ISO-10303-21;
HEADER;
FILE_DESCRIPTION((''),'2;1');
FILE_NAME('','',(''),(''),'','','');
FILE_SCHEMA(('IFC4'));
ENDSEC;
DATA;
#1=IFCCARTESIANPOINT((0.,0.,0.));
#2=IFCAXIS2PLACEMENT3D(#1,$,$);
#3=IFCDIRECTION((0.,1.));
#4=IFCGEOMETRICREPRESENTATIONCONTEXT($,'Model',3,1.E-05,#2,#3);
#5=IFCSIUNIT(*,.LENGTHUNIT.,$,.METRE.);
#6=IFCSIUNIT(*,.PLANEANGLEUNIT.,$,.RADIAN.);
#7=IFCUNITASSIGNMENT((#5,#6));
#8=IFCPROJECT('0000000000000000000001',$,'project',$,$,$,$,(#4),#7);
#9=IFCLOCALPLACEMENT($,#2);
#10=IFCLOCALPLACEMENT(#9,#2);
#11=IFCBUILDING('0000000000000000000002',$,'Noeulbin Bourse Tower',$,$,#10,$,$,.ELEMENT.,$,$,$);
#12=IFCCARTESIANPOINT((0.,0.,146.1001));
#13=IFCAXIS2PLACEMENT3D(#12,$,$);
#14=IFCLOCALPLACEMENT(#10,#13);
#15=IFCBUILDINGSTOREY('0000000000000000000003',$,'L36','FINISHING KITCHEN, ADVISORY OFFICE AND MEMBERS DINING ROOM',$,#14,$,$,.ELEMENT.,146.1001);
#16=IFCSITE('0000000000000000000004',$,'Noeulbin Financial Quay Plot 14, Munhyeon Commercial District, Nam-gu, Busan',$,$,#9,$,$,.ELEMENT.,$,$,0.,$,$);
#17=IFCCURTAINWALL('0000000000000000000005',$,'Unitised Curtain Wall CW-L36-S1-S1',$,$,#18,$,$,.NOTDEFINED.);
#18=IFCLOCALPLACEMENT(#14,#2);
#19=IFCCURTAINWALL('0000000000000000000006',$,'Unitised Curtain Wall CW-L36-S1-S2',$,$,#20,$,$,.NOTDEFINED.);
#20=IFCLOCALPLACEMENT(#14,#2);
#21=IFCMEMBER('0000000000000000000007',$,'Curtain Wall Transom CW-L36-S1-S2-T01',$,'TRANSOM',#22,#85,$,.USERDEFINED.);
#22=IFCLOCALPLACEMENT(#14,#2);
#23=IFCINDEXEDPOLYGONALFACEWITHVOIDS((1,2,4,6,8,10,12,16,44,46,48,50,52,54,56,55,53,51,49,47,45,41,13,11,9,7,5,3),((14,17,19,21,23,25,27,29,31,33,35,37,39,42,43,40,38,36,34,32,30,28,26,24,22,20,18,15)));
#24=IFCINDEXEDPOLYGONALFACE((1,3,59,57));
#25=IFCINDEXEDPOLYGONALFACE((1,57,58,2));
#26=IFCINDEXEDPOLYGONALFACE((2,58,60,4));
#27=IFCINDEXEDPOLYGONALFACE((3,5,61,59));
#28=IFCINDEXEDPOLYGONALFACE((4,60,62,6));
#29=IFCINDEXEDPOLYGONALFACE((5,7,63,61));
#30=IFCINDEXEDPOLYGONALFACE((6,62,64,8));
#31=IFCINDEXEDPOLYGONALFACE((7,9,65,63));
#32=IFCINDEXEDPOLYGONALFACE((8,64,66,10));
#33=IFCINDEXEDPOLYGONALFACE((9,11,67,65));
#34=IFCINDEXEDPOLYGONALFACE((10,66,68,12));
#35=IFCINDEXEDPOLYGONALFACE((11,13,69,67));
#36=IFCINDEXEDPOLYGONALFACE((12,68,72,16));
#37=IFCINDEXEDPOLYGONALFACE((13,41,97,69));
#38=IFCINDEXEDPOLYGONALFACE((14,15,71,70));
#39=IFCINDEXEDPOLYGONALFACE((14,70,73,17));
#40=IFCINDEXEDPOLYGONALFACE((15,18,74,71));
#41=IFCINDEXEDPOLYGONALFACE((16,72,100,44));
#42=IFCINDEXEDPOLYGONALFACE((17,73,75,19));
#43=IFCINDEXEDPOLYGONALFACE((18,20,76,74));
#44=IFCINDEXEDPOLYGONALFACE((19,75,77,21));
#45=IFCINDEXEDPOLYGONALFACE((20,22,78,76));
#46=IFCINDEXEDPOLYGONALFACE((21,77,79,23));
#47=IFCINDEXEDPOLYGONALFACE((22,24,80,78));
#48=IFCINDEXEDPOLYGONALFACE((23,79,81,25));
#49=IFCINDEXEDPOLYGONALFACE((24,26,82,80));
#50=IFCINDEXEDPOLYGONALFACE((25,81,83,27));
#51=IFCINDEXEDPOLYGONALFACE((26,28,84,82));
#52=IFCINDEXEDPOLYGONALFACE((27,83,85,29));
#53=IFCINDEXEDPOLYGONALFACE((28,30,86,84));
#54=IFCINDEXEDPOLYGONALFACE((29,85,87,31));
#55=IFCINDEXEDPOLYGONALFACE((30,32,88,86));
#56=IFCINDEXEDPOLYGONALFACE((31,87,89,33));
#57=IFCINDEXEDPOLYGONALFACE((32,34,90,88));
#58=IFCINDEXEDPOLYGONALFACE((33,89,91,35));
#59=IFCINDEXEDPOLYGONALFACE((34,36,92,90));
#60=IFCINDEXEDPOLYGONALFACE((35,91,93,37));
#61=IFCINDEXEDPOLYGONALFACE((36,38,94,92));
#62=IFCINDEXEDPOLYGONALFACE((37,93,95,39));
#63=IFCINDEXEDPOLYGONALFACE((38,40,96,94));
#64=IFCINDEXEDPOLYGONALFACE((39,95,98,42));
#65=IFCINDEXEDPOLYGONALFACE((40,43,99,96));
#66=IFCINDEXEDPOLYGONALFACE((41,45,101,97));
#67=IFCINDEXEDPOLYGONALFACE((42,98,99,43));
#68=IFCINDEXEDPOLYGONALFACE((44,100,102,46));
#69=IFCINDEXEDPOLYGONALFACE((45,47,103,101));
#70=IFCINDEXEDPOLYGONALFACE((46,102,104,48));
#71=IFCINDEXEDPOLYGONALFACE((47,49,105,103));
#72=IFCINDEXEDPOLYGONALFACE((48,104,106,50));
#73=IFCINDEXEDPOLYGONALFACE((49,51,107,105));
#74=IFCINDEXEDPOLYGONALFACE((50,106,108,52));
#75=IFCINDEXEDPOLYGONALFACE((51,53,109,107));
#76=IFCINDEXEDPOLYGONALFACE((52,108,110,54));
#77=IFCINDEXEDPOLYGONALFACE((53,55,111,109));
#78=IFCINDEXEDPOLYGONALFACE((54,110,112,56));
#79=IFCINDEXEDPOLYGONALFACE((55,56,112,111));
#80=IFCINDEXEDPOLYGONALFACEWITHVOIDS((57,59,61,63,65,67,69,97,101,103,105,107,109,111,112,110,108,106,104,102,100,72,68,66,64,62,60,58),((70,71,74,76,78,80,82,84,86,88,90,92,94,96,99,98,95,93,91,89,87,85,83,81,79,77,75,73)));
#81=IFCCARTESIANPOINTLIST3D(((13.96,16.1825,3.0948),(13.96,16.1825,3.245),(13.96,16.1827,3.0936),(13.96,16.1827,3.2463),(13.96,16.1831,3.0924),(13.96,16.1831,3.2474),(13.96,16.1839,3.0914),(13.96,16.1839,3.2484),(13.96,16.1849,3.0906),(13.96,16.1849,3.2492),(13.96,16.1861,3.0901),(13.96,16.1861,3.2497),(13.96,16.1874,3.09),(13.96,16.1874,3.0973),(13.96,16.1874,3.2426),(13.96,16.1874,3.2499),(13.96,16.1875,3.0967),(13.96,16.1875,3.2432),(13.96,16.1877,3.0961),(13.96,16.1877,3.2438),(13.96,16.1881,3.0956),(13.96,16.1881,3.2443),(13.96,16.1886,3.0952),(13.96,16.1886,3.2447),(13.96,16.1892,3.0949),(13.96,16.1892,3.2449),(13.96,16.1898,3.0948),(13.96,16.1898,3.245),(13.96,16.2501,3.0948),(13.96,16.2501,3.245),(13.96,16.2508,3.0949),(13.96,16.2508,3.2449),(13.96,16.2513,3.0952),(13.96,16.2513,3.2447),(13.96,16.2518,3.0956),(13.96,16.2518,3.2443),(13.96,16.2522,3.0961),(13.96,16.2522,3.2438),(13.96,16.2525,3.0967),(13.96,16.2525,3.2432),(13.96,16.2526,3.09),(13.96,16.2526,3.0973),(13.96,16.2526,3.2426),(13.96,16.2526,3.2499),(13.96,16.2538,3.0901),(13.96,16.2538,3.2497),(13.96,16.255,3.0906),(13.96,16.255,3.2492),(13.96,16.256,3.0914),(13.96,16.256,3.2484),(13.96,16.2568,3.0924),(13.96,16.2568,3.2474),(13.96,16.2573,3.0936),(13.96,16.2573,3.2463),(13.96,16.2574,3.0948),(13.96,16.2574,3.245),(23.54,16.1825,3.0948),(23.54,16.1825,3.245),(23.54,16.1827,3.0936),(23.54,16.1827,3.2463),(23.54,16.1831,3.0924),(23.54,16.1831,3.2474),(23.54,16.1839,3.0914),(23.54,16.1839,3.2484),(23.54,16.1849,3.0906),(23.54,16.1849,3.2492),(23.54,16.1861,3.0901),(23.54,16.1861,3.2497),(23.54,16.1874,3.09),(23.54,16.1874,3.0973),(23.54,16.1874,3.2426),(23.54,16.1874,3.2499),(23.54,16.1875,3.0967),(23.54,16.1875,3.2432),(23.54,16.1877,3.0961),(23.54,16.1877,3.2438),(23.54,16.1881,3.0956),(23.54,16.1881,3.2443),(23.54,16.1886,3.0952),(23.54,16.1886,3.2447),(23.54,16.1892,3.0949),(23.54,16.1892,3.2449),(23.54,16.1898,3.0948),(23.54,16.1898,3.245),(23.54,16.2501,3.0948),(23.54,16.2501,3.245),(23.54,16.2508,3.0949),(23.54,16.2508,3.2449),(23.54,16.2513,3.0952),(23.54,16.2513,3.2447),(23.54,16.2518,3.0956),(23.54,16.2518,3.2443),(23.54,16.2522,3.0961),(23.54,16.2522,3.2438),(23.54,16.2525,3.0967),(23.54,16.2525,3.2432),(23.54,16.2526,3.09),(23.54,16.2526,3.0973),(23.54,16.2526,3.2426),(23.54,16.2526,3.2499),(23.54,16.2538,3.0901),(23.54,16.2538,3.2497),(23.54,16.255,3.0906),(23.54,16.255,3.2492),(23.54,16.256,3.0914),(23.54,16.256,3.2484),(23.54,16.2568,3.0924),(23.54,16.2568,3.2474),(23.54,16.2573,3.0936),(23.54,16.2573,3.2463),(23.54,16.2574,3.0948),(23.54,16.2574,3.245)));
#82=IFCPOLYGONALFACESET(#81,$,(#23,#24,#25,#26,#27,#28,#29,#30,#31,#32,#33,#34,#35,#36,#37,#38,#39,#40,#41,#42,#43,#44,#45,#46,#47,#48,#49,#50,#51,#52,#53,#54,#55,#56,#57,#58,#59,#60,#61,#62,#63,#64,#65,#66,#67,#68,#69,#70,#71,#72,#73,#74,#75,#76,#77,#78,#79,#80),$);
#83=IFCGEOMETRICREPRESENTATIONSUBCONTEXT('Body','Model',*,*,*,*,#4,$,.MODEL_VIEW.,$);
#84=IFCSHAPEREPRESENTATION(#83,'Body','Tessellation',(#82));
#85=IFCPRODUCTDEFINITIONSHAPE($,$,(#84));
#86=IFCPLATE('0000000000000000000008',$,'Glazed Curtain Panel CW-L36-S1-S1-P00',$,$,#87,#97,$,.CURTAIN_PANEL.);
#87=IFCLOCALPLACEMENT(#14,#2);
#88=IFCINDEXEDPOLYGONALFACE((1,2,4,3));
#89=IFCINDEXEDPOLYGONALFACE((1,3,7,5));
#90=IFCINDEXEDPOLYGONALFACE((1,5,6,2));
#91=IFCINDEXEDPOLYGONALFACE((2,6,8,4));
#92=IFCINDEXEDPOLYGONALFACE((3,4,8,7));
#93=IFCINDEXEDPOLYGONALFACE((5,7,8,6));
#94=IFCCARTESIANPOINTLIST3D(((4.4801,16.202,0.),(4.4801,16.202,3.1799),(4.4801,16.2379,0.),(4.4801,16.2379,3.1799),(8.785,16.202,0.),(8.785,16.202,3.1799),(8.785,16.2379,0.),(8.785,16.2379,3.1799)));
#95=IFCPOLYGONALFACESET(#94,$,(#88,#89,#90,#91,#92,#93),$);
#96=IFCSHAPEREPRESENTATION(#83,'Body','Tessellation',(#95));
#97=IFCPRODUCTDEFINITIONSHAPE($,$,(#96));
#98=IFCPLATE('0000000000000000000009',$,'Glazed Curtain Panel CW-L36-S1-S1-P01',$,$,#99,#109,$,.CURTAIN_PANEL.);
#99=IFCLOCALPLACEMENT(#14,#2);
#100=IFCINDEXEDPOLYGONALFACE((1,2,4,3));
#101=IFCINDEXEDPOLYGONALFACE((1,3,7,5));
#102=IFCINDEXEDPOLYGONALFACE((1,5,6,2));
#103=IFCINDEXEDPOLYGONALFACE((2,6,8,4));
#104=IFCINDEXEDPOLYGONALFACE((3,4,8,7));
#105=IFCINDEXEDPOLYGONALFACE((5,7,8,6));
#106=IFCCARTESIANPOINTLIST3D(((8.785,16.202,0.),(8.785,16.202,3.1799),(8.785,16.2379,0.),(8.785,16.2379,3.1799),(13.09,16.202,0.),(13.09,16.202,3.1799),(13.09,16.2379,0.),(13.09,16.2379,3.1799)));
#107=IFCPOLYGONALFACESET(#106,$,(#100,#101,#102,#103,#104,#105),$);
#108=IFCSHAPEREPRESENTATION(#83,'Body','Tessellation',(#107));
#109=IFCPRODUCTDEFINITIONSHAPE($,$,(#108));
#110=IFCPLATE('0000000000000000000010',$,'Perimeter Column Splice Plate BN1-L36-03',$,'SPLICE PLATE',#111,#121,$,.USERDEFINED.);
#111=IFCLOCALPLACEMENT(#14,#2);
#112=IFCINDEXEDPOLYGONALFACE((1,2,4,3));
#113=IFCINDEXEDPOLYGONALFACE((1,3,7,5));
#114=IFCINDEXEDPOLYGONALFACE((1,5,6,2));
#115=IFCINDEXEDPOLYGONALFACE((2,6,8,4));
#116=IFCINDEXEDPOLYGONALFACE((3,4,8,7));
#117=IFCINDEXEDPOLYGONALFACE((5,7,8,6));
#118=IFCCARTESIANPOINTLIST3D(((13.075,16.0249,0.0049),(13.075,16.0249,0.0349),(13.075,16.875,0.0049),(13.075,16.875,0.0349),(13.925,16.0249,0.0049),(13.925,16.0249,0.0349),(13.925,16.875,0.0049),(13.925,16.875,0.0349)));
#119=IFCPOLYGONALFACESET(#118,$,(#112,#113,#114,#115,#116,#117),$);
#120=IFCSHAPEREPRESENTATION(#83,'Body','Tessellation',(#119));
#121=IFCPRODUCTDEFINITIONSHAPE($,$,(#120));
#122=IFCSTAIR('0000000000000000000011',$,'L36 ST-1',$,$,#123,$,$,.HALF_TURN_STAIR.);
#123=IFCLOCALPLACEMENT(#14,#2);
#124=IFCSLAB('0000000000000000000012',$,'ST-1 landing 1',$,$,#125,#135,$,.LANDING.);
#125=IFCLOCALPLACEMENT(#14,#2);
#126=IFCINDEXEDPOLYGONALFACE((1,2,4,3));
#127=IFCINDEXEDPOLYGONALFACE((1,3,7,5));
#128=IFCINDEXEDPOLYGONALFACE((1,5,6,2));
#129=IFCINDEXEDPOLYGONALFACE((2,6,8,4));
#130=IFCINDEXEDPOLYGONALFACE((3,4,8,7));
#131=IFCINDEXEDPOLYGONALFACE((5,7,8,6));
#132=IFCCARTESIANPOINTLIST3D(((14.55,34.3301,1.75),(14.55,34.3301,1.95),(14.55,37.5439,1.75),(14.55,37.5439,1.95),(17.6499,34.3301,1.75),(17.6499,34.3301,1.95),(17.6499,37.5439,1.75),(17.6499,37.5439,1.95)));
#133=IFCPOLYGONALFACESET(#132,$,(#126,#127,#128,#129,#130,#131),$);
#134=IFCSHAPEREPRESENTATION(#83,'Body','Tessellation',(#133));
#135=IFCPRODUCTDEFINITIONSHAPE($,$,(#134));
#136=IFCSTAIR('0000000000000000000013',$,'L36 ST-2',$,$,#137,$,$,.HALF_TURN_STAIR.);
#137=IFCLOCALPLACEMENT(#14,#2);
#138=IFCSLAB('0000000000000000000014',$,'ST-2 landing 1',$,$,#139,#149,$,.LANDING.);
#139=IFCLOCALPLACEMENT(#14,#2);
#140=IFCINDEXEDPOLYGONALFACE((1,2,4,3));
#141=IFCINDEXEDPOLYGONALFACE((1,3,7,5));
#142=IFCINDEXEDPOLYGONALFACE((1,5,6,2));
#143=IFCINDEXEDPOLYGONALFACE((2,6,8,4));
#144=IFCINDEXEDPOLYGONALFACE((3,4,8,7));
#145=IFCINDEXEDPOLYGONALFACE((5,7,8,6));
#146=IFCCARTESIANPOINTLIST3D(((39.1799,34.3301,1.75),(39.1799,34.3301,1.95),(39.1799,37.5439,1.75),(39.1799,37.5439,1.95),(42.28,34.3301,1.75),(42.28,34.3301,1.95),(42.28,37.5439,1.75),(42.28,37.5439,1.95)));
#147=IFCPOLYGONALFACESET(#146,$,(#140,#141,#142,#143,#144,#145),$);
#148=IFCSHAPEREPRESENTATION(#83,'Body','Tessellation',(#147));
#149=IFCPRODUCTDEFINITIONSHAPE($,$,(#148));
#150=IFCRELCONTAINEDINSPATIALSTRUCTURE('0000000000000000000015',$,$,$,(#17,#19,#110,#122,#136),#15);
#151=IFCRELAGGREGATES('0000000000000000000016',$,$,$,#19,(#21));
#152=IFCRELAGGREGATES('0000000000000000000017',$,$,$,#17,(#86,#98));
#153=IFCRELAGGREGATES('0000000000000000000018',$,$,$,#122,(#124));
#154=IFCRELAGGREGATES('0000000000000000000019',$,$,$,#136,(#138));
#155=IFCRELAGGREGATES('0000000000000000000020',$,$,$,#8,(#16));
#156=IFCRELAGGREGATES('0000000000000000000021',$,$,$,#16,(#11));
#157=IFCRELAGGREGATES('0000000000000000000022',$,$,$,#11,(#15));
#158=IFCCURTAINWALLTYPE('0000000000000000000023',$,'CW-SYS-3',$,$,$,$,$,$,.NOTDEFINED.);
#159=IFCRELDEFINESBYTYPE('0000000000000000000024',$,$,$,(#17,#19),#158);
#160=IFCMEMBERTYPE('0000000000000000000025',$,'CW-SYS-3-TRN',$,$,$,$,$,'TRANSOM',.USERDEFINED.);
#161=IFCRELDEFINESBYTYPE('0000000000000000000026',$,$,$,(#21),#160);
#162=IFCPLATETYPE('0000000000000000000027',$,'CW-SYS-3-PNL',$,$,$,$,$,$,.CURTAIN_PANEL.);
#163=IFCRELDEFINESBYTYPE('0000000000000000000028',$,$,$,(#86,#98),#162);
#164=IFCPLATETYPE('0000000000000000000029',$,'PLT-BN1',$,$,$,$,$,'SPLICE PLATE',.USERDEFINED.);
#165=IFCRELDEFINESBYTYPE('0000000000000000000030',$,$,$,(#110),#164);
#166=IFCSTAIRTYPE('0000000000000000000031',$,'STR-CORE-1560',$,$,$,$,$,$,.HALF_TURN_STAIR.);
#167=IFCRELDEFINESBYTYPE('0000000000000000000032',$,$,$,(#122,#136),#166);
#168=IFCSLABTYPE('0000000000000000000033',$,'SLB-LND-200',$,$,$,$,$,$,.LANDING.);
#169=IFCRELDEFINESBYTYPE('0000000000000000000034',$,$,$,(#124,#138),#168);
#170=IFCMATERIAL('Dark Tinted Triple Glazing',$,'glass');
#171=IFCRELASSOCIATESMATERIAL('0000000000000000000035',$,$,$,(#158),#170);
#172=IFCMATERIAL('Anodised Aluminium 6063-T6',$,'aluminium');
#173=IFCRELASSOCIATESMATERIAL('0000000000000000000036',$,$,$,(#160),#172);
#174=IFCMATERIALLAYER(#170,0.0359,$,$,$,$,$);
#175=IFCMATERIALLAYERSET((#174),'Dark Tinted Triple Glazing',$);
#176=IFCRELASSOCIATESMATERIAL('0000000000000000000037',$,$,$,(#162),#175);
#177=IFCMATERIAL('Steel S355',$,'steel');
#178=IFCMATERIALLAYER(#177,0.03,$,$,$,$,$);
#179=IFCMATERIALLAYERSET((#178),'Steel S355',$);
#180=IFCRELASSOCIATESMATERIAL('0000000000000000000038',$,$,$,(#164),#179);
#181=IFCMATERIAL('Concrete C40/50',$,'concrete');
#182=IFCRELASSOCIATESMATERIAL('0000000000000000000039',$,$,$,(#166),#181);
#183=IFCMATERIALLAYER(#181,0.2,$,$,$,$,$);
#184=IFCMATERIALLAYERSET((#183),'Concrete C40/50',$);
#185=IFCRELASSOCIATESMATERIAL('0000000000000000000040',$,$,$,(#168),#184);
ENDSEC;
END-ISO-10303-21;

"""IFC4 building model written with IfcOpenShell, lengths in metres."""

from ifc_helpers import new_model, si_unit, direction, frame, origin, origin_2d, place, context, subcontext, project, spatial, polyline, rectangle, hollow_rectangle, outline, extrude, material, layer, layer_set, material_profile, profile_set, type_object, element, aggregate, save


model = new_model("IFC4")

# Units and contexts
model_context = context("Model", 3, precision=1e-05, world=origin(), true_north=direction((0.0, 1.0)))
body_context = subcontext(model_context, "Body", "Model", "MODEL_VIEW")
ifc_project = project(units=[si_unit("LENGTHUNIT", "METRE"), si_unit("PLANEANGLEUNIT", "RADIAN")], contexts=[model_context])

# Site, building, storey
site_placement = place(None, origin())
site = spatial("IfcSite", under=ifc_project, at=site_placement, Name="Noeulbin Financial Quay Plot 14, Munhyeon Commercial District, Nam-gu, Busan", CompositionType="ELEMENT", RefElevation=0.0)
building_placement = place(site_placement, origin())
building = spatial("IfcBuilding", under=site, at=building_placement, Name="Noeulbin Bourse Tower", CompositionType="ELEMENT")
storey_placement = place(building_placement, frame((0.0, 0.0, 146.1001)))
storey = spatial("IfcBuildingStorey", under=building, at=storey_placement, Name="L36", Description="FINISHING KITCHEN, ADVISORY OFFICE AND MEMBERS DINING ROOM", CompositionType="ELEMENT", Elevation=146.1001)

# Shared definitions
ifc_material_1 = material(Name="Steel S355", Category="steel")

# Curtain wall
ifc_material_2 = material(Name="Dark Tinted Triple Glazing", Category="glass")
curtain_wall_type = type_object("IfcCurtainWallType", Name="CW-SYS-3", PredefinedType="NOTDEFINED", material=ifc_material_2)
curtain_wall_1_placement = place(storey_placement, origin())
curtain_wall_1 = element("IfcCurtainWall", 1, at=curtain_wall_1_placement, inside=storey, type_object=curtain_wall_type, Name="Unitised Curtain Wall CW-L36-S1-S1", PredefinedType="NOTDEFINED")
ifc_material_3 = material(Name="Anodised Aluminium 6063-T6", Category="aluminium")

# Curtain wall
curtain_wall_2_placement = place(storey_placement, origin())
curtain_wall_2 = element("IfcCurtainWall", 2, at=curtain_wall_2_placement, inside=storey, type_object=curtain_wall_type, Name="Unitised Curtain Wall CW-L36-S1-S2", PredefinedType="NOTDEFINED")

# Member
ifc_material_profile_1 = material_profile(ifc_material_3, hollow_rectangle(XDim=0.075, YDim=0.1599, WallThickness=0.0049, InnerFilletRadius=0.0024, OuterFilletRadius=0.0049, at=origin_2d()), Name="ALU-TRAN-75x160x5", Category="LoadBearing")
ifc_profile_set_1 = profile_set([ifc_material_profile_1], Name="Anodised Aluminium 6063-T6")
member_type_1 = type_object("IfcMemberType", Name="CW-SYS-3-TRN", ElementType="TRANSOM", PredefinedType="USERDEFINED", material=ifc_profile_set_1)
member_1_placement = place(storey_placement, frame((13.96, 16.22, 3.1699), z_axis=(1.0, 0.0, 0.0), x_axis=(0.0, 1.0, 0.0)))
member_1 = element("IfcMember", 3, at=member_1_placement, type_object=member_type_1, Name="Curtain Wall Transom CW-L36-S1-S2-T01", ObjectType="TRANSOM", PredefinedType="USERDEFINED", context=body_context, shape_type="SweptSolid", body=[
    extrude(hollow_rectangle(XDim=0.075, YDim=0.1599, WallThickness=0.0049, InnerFilletRadius=0.0024, OuterFilletRadius=0.0049, at=origin_2d()), origin(), (0.0, 0.0, 1.0), 9.5801),
])
aggregate(curtain_wall_2, [member_1])

# Plates
ifc_layer_1 = layer(ifc_material_2, 0.0359)
ifc_layer_set_1 = layer_set([ifc_layer_1], Name="Dark Tinted Triple Glazing")
plate_type_1 = type_object("IfcPlateType", Name="CW-SYS-3-PNL", PredefinedType="CURTAIN_PANEL", material=ifc_layer_set_1)
plate_1_placement = place(storey_placement, frame((6.6326, 16.22, 0.0), z_axis=(0.0, 0.0, 1.0), x_axis=(1.0, 0.0, 0.0)))
plate_1 = element("IfcPlate", 4, at=plate_1_placement, type_object=plate_type_1, Name="Glazed Curtain Panel CW-L36-S1-S1-P00", PredefinedType="CURTAIN_PANEL", context=body_context, shape_type="SweptSolid", body=[
    extrude(rectangle(XDim=4.3049, YDim=0.0359, at=origin_2d()), origin(), (0.0, 0.0, 1.0), 3.1799),
])
plate_2_placement = place(storey_placement, frame((10.9375, 16.22, 0.0), z_axis=(0.0, 0.0, 1.0), x_axis=(1.0, 0.0, 0.0)))
plate_2 = element("IfcPlate", 5, at=plate_2_placement, type_object=plate_type_1, Name="Glazed Curtain Panel CW-L36-S1-S1-P01", PredefinedType="CURTAIN_PANEL", context=body_context, shape_type="SweptSolid", body=[
    extrude(rectangle(XDim=4.3049, YDim=0.0359, at=origin_2d()), origin(), (0.0, 0.0, 1.0), 3.1799),
])
aggregate(curtain_wall_1, [plate_1, plate_2])
ifc_layer_2 = layer(ifc_material_1, 0.03)
ifc_layer_set_2 = layer_set([ifc_layer_2], Name="Steel S355")
plate_type_2 = type_object("IfcPlateType", Name="PLT-BN1", ElementType="SPLICE PLATE", PredefinedType="USERDEFINED", material=ifc_layer_set_2)
plate_3_placement = place(storey_placement, frame((13.5, 16.45, 0.0049), z_axis=(0.0, 0.0, 1.0), x_axis=(1.0, 0.0, 0.0)))
element("IfcPlate", 6, at=plate_3_placement, inside=storey, type_object=plate_type_2, Name="Perimeter Column Splice Plate BN1-L36-03", ObjectType="SPLICE PLATE", PredefinedType="USERDEFINED", context=body_context, shape_type="SweptSolid", body=[
    extrude(rectangle(XDim=0.8501, YDim=0.8501, at=origin_2d()), origin(), (0.0, 0.0, 1.0), 0.03),
])

# Stairs, slabs
ifc_material_4 = material(Name="Concrete C40/50", Category="concrete")
stair_type = type_object("IfcStairType", Name="STR-CORE-1560", PredefinedType="HALF_TURN_STAIR", material=ifc_material_4)
stair_1_placement = place(storey_placement, origin())
stair_1 = element("IfcStair", 7, at=stair_1_placement, inside=storey, type_object=stair_type, Name="L36 ST-1", PredefinedType="HALF_TURN_STAIR")
ifc_layer_3 = layer(ifc_material_4, 0.2)
ifc_layer_set_3 = layer_set([ifc_layer_3], Name="Concrete C40/50")
slab_type_1 = type_object("IfcSlabType", Name="SLB-LND-200", PredefinedType="LANDING", material=ifc_layer_set_3)
slab_1_placement = place(storey_placement, frame((0.0, 0.0, 1.75)))
slab_1 = element("IfcSlab", 8, at=slab_1_placement, type_object=slab_type_1, Name="ST-1 landing 1", PredefinedType="LANDING", context=body_context, shape_type="SweptSolid", body=[
    extrude(outline(polyline([(17.6499, 34.3301), (17.6499, 37.5439), (14.55, 37.5439), (14.55, 34.3301), (17.6499, 34.3301)])), origin(), (0.0, 0.0, 1.0), 0.2),
])
aggregate(stair_1, [slab_1])
stair_2_placement = place(storey_placement, origin())
stair_2 = element("IfcStair", 9, at=stair_2_placement, inside=storey, type_object=stair_type, Name="L36 ST-2", PredefinedType="HALF_TURN_STAIR")
slab_2_placement = place(storey_placement, frame((0.0, 0.0, 1.75)))
slab_2 = element("IfcSlab", 10, at=slab_2_placement, type_object=slab_type_1, Name="ST-2 landing 1", PredefinedType="LANDING", context=body_context, shape_type="SweptSolid", body=[
    extrude(outline(polyline([(42.28, 34.3301), (42.28, 37.5439), (39.1799, 37.5439), (39.1799, 34.3301), (42.28, 34.3301)])), origin(), (0.0, 0.0, 1.0), 0.2),
])
aggregate(stair_2, [slab_2])

save(model, "model.ifc")
